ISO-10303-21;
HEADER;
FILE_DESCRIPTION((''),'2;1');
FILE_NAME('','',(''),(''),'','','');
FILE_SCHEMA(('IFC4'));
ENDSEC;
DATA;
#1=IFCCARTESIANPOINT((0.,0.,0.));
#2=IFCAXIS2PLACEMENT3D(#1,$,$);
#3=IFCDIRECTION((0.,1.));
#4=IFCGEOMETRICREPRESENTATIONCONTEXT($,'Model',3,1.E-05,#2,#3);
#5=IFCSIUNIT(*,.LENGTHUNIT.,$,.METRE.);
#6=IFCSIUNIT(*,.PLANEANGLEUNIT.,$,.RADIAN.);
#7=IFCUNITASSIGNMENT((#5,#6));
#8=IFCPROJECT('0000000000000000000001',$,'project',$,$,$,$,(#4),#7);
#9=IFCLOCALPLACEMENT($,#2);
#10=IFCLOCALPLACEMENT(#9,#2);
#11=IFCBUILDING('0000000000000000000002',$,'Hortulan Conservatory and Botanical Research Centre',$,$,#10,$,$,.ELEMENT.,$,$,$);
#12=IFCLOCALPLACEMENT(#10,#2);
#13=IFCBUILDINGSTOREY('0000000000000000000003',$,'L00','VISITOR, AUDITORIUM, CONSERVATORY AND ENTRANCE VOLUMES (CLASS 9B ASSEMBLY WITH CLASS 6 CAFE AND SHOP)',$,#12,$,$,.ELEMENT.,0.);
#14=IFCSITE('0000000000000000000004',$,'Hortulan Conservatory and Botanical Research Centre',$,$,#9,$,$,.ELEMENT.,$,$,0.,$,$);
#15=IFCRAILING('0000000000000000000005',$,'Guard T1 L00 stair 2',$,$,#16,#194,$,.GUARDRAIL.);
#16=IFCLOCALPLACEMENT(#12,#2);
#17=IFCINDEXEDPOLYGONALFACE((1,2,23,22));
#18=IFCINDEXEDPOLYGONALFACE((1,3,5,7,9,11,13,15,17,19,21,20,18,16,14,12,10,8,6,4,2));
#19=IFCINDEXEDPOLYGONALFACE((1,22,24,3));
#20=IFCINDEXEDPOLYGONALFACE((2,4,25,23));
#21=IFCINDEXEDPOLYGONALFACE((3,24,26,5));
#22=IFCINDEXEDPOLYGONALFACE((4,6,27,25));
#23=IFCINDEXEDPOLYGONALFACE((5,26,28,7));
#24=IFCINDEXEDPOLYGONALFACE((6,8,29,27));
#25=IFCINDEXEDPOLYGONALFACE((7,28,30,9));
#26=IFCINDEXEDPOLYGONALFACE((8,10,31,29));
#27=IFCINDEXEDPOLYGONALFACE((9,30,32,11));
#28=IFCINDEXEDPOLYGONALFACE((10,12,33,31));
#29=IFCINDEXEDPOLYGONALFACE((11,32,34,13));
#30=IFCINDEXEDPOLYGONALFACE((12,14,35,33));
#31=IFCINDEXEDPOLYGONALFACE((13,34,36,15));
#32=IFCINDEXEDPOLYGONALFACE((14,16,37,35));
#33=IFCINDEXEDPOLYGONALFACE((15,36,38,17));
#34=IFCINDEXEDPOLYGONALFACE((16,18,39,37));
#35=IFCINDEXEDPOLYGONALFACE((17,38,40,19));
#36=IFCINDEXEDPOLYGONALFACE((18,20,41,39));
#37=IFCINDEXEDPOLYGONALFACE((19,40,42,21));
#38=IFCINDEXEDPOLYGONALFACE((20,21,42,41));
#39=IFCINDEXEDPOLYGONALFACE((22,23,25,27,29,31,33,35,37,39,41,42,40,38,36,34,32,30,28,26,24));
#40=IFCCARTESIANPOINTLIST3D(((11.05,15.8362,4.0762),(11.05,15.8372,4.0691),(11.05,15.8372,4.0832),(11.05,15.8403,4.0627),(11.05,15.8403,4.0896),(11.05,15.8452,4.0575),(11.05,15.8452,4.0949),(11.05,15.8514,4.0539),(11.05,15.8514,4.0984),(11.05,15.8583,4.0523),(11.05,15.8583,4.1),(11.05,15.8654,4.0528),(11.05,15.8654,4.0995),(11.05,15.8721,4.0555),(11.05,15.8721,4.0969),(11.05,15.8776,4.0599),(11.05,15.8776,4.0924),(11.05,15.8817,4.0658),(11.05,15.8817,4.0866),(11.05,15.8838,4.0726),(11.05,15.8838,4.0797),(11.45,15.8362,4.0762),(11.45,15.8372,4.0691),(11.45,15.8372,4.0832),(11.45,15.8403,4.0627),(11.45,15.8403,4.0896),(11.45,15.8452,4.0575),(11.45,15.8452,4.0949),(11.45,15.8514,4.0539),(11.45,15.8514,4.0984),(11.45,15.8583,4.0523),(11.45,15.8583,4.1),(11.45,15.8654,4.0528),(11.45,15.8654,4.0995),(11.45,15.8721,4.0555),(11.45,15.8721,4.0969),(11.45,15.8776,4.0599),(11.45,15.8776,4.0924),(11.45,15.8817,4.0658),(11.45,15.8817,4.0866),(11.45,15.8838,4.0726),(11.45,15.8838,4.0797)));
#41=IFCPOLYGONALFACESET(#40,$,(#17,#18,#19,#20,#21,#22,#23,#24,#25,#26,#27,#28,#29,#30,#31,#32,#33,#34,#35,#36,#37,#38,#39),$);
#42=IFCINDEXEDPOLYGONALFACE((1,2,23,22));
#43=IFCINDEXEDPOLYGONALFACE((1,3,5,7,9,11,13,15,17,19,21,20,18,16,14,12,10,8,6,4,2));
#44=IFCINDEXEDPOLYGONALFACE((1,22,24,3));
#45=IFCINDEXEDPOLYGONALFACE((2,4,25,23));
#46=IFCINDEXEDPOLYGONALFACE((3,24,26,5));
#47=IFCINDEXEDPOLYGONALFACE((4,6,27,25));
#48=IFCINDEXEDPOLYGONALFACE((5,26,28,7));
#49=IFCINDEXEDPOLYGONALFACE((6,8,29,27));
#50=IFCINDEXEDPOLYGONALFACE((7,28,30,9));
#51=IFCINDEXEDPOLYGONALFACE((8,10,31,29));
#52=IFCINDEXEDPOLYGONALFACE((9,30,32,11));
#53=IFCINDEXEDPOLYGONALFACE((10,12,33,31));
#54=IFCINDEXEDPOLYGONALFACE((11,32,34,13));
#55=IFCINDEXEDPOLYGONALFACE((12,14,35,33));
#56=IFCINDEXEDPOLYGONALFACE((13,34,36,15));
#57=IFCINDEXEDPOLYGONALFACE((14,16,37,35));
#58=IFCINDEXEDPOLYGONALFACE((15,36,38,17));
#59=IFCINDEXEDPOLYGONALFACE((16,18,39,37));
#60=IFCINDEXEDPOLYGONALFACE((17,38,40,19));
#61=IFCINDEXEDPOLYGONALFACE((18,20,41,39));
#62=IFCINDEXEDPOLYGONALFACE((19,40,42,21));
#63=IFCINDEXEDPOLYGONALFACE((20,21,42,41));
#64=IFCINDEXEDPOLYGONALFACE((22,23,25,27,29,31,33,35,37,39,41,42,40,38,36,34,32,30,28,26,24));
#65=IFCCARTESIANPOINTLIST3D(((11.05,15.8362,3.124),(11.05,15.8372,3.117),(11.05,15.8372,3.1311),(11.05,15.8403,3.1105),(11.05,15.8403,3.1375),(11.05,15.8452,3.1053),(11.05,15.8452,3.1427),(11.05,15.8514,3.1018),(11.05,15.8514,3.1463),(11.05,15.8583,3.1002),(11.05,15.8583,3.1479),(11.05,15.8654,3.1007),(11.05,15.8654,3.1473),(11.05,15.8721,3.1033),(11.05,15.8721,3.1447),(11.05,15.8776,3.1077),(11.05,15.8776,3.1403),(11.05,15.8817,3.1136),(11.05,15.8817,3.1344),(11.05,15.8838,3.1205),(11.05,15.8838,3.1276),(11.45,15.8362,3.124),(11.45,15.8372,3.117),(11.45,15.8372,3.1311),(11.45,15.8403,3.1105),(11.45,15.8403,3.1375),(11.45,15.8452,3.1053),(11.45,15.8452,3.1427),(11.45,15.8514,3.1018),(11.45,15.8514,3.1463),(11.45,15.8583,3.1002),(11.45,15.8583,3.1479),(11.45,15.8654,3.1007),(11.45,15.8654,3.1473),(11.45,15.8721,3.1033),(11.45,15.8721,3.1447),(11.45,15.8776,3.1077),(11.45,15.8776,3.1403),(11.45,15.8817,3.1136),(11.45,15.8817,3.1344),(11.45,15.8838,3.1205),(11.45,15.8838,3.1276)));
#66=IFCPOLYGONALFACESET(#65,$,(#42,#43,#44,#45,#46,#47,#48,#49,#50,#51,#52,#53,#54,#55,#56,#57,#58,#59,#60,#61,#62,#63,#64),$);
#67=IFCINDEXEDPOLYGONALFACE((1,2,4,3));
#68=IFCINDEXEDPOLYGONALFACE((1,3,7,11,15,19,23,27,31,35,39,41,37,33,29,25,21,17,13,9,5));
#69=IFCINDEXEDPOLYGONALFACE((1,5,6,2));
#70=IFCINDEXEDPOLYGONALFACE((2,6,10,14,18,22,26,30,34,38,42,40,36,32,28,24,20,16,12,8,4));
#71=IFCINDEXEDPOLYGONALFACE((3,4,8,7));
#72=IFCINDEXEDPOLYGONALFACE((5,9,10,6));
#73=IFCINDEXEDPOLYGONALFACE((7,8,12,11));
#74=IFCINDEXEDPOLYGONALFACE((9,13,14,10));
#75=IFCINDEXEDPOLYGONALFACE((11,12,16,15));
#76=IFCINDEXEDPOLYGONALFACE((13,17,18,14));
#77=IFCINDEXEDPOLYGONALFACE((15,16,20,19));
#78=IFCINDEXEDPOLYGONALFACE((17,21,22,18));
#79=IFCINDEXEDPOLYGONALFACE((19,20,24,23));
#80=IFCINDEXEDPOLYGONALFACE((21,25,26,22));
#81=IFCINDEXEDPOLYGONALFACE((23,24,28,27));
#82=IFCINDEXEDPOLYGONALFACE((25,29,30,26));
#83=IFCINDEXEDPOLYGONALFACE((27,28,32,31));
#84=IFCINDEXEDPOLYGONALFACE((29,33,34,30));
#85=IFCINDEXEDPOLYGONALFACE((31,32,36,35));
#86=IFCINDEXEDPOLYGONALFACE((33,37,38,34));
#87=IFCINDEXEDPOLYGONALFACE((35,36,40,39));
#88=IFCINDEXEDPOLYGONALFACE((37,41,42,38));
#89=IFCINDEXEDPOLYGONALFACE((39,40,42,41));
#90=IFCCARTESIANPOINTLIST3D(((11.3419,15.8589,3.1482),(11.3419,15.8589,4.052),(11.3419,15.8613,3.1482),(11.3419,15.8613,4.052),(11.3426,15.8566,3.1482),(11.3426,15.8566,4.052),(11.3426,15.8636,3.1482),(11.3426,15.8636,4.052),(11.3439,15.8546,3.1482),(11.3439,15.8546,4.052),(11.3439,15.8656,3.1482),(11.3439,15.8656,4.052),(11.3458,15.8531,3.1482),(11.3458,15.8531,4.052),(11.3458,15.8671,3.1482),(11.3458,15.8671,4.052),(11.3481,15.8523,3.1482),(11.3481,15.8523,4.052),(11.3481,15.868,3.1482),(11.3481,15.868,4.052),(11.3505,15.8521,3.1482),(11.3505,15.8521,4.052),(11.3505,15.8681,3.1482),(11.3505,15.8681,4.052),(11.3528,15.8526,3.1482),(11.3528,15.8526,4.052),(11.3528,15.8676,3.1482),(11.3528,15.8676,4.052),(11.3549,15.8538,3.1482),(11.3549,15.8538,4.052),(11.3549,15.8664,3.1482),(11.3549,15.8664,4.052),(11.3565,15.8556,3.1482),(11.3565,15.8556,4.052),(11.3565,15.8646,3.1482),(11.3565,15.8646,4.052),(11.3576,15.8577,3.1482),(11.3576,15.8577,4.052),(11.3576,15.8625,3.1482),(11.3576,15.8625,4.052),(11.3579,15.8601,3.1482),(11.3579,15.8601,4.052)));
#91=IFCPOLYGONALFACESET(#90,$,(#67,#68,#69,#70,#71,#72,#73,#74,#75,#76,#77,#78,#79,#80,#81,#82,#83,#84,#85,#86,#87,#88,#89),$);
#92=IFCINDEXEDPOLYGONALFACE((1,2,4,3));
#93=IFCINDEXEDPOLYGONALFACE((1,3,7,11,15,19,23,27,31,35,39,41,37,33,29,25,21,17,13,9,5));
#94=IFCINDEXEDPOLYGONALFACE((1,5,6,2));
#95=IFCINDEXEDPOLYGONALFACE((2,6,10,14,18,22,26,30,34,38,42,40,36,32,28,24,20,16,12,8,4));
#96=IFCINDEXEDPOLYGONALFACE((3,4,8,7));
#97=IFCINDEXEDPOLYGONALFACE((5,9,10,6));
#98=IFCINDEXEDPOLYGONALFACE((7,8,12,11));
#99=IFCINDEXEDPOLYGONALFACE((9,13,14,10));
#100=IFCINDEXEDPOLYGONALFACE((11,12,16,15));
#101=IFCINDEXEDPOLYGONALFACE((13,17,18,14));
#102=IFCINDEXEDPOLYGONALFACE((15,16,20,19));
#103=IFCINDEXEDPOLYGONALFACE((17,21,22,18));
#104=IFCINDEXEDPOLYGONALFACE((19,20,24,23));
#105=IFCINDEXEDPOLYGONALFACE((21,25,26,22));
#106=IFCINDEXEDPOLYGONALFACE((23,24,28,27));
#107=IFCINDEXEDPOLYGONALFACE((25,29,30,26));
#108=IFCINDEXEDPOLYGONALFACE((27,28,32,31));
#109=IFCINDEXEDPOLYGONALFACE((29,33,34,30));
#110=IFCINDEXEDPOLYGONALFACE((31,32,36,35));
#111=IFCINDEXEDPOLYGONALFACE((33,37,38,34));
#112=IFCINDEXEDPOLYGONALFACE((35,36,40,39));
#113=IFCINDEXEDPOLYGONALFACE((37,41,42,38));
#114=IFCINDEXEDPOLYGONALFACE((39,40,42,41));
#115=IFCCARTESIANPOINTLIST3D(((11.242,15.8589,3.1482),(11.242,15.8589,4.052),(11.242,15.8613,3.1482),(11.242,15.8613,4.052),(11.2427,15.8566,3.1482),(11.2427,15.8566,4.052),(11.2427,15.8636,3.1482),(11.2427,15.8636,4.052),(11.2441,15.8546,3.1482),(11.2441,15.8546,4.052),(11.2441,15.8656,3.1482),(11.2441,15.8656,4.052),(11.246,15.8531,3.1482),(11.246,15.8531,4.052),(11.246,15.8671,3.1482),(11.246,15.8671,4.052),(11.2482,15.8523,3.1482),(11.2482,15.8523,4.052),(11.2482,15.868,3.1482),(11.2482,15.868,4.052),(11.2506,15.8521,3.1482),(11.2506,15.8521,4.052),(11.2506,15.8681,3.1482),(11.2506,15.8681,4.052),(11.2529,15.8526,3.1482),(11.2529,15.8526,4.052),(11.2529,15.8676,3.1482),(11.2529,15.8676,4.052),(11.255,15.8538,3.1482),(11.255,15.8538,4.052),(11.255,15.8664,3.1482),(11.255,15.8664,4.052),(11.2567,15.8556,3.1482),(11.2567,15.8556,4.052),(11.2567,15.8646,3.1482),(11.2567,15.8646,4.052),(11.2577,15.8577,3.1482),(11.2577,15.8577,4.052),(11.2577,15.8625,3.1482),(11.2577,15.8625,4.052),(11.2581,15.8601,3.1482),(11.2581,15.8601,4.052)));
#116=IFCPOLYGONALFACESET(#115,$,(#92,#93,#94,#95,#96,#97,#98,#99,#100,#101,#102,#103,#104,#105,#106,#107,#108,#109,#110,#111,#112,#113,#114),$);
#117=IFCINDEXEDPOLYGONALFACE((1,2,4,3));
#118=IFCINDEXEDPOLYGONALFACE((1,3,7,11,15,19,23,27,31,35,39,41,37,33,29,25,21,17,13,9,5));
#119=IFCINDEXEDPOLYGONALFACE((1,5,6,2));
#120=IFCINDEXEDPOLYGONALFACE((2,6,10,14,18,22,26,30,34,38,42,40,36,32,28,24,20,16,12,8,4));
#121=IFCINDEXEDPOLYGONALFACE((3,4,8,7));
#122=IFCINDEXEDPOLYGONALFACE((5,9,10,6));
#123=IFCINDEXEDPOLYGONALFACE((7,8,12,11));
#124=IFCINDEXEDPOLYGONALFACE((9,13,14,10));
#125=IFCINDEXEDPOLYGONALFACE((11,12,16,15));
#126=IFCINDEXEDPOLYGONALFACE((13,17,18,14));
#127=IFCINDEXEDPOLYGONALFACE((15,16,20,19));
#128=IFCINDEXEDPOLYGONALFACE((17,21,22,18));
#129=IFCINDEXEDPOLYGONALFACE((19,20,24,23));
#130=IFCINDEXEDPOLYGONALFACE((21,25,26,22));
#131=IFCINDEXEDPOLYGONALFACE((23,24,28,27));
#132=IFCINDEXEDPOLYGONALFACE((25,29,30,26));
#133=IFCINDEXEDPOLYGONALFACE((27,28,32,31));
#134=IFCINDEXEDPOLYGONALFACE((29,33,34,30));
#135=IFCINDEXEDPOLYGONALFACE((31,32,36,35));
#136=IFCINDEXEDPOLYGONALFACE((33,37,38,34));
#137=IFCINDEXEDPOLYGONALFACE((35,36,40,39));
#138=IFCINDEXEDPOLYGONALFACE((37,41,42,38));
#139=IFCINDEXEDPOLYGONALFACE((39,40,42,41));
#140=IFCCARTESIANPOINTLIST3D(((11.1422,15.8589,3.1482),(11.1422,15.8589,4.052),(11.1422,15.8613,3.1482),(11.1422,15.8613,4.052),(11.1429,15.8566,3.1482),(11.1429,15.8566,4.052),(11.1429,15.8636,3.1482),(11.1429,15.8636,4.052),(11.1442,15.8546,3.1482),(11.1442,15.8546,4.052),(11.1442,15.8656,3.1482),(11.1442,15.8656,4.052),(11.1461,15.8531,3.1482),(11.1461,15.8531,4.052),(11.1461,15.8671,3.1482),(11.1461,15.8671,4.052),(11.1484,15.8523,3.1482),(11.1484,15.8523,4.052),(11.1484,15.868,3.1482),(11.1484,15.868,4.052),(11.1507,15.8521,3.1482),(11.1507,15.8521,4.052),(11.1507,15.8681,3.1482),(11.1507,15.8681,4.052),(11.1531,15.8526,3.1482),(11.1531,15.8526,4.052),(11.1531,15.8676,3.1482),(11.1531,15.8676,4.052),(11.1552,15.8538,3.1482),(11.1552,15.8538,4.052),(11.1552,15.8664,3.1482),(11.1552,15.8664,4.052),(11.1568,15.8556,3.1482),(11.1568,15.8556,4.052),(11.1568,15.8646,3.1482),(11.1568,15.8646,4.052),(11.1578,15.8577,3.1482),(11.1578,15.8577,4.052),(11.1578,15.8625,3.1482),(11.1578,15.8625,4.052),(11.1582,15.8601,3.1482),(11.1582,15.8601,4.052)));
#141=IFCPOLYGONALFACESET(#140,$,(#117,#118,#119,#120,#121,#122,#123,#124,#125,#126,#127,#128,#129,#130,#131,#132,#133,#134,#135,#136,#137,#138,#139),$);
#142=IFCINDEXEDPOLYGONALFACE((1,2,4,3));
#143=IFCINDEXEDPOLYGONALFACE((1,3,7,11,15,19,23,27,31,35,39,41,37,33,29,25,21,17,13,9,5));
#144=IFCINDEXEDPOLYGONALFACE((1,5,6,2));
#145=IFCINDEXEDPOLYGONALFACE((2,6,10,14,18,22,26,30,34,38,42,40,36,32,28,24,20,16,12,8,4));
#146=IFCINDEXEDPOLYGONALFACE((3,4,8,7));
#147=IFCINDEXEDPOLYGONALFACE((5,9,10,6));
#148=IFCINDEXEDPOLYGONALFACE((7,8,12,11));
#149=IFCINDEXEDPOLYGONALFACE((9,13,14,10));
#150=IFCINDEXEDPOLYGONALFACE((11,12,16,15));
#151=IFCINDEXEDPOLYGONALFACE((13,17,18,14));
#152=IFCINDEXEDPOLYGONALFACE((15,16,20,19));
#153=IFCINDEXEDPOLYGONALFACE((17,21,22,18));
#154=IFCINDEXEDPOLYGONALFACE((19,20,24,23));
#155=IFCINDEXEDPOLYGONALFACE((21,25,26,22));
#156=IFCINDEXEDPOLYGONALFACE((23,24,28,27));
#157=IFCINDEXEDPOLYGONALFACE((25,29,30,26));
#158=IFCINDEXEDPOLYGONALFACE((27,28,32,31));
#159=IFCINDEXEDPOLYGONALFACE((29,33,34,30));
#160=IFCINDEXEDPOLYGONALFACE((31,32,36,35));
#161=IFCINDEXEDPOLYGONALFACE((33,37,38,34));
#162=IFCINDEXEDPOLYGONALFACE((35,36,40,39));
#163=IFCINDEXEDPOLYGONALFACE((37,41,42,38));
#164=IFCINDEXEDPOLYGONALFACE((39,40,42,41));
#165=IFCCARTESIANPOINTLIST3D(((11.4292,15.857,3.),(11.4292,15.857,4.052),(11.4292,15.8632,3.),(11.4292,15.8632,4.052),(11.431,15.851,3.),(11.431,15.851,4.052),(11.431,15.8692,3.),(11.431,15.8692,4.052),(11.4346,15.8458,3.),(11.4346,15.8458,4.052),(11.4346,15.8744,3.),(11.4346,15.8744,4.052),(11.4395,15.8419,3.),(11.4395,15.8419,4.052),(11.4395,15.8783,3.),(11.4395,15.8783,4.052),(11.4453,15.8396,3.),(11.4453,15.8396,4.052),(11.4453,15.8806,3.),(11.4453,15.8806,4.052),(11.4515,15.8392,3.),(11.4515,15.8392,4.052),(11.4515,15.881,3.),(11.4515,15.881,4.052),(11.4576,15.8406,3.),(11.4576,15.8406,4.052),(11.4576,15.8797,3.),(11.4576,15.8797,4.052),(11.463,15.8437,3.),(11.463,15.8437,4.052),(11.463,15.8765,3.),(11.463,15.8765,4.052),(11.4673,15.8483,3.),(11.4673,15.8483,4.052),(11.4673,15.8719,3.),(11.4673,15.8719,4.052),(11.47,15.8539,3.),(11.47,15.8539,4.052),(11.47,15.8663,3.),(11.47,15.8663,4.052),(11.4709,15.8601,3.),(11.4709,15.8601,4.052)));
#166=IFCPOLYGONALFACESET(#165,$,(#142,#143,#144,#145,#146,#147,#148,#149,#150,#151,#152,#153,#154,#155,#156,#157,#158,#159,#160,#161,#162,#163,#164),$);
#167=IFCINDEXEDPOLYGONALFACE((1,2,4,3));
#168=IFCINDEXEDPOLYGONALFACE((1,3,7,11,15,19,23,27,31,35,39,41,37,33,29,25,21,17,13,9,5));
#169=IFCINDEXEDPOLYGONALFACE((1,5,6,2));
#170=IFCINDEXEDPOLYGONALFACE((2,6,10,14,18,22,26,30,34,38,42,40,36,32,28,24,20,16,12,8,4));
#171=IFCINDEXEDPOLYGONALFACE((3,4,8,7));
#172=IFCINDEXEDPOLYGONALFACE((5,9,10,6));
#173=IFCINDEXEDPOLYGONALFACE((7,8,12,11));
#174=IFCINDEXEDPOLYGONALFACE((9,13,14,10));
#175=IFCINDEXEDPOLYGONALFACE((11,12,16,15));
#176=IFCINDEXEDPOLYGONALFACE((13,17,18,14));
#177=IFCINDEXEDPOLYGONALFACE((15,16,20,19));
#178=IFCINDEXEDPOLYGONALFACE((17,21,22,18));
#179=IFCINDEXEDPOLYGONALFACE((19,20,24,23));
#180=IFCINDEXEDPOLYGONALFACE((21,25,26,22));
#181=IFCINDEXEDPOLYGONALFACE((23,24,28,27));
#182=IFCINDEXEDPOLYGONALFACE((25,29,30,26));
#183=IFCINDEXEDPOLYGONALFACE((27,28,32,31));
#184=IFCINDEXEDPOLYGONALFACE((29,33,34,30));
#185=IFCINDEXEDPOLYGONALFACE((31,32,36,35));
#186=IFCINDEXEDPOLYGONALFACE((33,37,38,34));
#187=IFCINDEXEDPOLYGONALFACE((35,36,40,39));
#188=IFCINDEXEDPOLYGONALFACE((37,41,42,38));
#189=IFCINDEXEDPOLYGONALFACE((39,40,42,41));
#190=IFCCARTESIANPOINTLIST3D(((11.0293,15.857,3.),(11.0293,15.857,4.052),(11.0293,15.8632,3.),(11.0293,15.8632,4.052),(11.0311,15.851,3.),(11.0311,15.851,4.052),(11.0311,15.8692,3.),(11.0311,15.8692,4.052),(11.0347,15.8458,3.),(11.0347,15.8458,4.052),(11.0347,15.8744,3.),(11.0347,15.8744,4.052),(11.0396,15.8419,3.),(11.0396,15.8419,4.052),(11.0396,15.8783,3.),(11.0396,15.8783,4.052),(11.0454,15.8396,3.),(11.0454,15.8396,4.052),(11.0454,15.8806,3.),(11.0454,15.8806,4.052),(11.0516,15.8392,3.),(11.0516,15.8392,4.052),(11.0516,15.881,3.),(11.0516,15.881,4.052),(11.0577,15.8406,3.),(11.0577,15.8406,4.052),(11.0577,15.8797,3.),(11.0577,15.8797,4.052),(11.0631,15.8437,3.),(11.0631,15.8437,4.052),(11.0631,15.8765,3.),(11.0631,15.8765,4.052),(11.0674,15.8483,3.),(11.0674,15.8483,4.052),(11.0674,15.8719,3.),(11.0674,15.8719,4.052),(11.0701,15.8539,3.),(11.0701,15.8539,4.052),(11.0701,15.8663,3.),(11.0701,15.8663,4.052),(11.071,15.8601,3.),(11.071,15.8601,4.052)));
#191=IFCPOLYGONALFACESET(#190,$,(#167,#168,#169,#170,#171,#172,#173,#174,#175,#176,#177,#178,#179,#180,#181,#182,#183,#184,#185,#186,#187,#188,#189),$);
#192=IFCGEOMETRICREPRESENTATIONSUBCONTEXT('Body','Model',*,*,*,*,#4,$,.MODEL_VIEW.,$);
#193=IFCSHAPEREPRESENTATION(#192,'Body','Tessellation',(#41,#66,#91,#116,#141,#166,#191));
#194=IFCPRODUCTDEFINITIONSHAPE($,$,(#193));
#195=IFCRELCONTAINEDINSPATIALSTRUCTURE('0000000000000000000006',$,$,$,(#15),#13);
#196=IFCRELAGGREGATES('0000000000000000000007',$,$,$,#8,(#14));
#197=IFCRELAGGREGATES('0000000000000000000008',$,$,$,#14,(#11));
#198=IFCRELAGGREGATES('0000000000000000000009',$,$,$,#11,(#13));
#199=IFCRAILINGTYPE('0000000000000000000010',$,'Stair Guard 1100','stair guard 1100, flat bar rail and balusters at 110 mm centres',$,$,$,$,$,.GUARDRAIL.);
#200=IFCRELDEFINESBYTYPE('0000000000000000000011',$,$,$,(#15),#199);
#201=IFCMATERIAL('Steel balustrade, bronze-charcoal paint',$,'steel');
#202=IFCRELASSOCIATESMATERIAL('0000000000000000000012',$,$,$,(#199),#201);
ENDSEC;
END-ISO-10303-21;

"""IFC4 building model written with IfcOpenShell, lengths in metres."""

from ifc_helpers import new_model, si_unit, direction, frame, origin, origin_2d, place, context, subcontext, project, spatial, circle, extrude, material, type_object, element, save


model = new_model("IFC4")

# Units and contexts
model_context = context("Model", 3, precision=1e-05, world=origin(), true_north=direction((0.0, 1.0)))
body_context = subcontext(model_context, "Body", "Model", "MODEL_VIEW")
ifc_project = project(units=[si_unit("LENGTHUNIT", "METRE"), si_unit("PLANEANGLEUNIT", "RADIAN")], contexts=[model_context])

# Site, building, storey
site_placement = place(None, origin())
site = spatial("IfcSite", under=ifc_project, at=site_placement, Name="Hortulan Conservatory and Botanical Research Centre", CompositionType="ELEMENT", RefElevation=0.0)
building_placement = place(site_placement, origin())
building = spatial("IfcBuilding", under=site, at=building_placement, Name="Hortulan Conservatory and Botanical Research Centre", CompositionType="ELEMENT")
storey_placement = place(building_placement, origin())
storey = spatial("IfcBuildingStorey", under=building, at=storey_placement, Name="L00", Description="VISITOR, AUDITORIUM, CONSERVATORY AND ENTRANCE VOLUMES (CLASS 9B ASSEMBLY WITH CLASS 6 CAFE AND SHOP)", CompositionType="ELEMENT", Elevation=0.0)

# Railing
ifc_material_1 = material(Name="Steel balustrade, bronze-charcoal paint", Category="steel")
railing_type_1 = type_object("IfcRailingType", Name="Stair Guard 1100", Description="stair guard 1100, flat bar rail and balusters at 110 mm centres", PredefinedType="GUARDRAIL", material=ifc_material_1)
railing_1_placement = place(storey_placement, frame((11.45, 15.8601, 3.0)))
element("IfcRailing", 1, at=railing_1_placement, inside=storey, type_object=railing_type_1, Name="Guard T1 L00 stair 2", PredefinedType="GUARDRAIL", context=body_context, shape_type="SweptSolid", body=[
    extrude(circle(Radius=0.0239, at=origin_2d()), frame((0.0, 0.0, 1.0762), z_axis=(-1.0, 0.0, 0.0), x_axis=(0.0, -1.0, 0.0)), (0.0, 0.0, 1.0), 0.3999),
    extrude(circle(Radius=0.0239, at=origin_2d()), frame((0.0, 0.0, 0.124), z_axis=(-1.0, 0.0, 0.0), x_axis=(0.0, -1.0, 0.0)), (0.0, 0.0, 1.0), 0.3999),
    extrude(circle(Radius=0.0081, at=origin_2d()), frame((-0.1001, 0.0, 0.1482)), (0.0, 0.0, 1.0), 0.9038),
    extrude(circle(Radius=0.0081, at=origin_2d()), frame((-0.2, 0.0, 0.1482)), (0.0, 0.0, 1.0), 0.9038),
    extrude(circle(Radius=0.0081, at=origin_2d()), frame((-0.2998, 0.0, 0.1482)), (0.0, 0.0, 1.0), 0.9038),
    extrude(circle(Radius=0.021, at=origin_2d()), origin(), (0.0, 0.0, 1.0), 1.052),
    extrude(circle(Radius=0.021, at=origin_2d()), frame((-0.3999, 0.0, 0.0)), (0.0, 0.0, 1.0), 1.052),
])

save(model, "model.ifc")
